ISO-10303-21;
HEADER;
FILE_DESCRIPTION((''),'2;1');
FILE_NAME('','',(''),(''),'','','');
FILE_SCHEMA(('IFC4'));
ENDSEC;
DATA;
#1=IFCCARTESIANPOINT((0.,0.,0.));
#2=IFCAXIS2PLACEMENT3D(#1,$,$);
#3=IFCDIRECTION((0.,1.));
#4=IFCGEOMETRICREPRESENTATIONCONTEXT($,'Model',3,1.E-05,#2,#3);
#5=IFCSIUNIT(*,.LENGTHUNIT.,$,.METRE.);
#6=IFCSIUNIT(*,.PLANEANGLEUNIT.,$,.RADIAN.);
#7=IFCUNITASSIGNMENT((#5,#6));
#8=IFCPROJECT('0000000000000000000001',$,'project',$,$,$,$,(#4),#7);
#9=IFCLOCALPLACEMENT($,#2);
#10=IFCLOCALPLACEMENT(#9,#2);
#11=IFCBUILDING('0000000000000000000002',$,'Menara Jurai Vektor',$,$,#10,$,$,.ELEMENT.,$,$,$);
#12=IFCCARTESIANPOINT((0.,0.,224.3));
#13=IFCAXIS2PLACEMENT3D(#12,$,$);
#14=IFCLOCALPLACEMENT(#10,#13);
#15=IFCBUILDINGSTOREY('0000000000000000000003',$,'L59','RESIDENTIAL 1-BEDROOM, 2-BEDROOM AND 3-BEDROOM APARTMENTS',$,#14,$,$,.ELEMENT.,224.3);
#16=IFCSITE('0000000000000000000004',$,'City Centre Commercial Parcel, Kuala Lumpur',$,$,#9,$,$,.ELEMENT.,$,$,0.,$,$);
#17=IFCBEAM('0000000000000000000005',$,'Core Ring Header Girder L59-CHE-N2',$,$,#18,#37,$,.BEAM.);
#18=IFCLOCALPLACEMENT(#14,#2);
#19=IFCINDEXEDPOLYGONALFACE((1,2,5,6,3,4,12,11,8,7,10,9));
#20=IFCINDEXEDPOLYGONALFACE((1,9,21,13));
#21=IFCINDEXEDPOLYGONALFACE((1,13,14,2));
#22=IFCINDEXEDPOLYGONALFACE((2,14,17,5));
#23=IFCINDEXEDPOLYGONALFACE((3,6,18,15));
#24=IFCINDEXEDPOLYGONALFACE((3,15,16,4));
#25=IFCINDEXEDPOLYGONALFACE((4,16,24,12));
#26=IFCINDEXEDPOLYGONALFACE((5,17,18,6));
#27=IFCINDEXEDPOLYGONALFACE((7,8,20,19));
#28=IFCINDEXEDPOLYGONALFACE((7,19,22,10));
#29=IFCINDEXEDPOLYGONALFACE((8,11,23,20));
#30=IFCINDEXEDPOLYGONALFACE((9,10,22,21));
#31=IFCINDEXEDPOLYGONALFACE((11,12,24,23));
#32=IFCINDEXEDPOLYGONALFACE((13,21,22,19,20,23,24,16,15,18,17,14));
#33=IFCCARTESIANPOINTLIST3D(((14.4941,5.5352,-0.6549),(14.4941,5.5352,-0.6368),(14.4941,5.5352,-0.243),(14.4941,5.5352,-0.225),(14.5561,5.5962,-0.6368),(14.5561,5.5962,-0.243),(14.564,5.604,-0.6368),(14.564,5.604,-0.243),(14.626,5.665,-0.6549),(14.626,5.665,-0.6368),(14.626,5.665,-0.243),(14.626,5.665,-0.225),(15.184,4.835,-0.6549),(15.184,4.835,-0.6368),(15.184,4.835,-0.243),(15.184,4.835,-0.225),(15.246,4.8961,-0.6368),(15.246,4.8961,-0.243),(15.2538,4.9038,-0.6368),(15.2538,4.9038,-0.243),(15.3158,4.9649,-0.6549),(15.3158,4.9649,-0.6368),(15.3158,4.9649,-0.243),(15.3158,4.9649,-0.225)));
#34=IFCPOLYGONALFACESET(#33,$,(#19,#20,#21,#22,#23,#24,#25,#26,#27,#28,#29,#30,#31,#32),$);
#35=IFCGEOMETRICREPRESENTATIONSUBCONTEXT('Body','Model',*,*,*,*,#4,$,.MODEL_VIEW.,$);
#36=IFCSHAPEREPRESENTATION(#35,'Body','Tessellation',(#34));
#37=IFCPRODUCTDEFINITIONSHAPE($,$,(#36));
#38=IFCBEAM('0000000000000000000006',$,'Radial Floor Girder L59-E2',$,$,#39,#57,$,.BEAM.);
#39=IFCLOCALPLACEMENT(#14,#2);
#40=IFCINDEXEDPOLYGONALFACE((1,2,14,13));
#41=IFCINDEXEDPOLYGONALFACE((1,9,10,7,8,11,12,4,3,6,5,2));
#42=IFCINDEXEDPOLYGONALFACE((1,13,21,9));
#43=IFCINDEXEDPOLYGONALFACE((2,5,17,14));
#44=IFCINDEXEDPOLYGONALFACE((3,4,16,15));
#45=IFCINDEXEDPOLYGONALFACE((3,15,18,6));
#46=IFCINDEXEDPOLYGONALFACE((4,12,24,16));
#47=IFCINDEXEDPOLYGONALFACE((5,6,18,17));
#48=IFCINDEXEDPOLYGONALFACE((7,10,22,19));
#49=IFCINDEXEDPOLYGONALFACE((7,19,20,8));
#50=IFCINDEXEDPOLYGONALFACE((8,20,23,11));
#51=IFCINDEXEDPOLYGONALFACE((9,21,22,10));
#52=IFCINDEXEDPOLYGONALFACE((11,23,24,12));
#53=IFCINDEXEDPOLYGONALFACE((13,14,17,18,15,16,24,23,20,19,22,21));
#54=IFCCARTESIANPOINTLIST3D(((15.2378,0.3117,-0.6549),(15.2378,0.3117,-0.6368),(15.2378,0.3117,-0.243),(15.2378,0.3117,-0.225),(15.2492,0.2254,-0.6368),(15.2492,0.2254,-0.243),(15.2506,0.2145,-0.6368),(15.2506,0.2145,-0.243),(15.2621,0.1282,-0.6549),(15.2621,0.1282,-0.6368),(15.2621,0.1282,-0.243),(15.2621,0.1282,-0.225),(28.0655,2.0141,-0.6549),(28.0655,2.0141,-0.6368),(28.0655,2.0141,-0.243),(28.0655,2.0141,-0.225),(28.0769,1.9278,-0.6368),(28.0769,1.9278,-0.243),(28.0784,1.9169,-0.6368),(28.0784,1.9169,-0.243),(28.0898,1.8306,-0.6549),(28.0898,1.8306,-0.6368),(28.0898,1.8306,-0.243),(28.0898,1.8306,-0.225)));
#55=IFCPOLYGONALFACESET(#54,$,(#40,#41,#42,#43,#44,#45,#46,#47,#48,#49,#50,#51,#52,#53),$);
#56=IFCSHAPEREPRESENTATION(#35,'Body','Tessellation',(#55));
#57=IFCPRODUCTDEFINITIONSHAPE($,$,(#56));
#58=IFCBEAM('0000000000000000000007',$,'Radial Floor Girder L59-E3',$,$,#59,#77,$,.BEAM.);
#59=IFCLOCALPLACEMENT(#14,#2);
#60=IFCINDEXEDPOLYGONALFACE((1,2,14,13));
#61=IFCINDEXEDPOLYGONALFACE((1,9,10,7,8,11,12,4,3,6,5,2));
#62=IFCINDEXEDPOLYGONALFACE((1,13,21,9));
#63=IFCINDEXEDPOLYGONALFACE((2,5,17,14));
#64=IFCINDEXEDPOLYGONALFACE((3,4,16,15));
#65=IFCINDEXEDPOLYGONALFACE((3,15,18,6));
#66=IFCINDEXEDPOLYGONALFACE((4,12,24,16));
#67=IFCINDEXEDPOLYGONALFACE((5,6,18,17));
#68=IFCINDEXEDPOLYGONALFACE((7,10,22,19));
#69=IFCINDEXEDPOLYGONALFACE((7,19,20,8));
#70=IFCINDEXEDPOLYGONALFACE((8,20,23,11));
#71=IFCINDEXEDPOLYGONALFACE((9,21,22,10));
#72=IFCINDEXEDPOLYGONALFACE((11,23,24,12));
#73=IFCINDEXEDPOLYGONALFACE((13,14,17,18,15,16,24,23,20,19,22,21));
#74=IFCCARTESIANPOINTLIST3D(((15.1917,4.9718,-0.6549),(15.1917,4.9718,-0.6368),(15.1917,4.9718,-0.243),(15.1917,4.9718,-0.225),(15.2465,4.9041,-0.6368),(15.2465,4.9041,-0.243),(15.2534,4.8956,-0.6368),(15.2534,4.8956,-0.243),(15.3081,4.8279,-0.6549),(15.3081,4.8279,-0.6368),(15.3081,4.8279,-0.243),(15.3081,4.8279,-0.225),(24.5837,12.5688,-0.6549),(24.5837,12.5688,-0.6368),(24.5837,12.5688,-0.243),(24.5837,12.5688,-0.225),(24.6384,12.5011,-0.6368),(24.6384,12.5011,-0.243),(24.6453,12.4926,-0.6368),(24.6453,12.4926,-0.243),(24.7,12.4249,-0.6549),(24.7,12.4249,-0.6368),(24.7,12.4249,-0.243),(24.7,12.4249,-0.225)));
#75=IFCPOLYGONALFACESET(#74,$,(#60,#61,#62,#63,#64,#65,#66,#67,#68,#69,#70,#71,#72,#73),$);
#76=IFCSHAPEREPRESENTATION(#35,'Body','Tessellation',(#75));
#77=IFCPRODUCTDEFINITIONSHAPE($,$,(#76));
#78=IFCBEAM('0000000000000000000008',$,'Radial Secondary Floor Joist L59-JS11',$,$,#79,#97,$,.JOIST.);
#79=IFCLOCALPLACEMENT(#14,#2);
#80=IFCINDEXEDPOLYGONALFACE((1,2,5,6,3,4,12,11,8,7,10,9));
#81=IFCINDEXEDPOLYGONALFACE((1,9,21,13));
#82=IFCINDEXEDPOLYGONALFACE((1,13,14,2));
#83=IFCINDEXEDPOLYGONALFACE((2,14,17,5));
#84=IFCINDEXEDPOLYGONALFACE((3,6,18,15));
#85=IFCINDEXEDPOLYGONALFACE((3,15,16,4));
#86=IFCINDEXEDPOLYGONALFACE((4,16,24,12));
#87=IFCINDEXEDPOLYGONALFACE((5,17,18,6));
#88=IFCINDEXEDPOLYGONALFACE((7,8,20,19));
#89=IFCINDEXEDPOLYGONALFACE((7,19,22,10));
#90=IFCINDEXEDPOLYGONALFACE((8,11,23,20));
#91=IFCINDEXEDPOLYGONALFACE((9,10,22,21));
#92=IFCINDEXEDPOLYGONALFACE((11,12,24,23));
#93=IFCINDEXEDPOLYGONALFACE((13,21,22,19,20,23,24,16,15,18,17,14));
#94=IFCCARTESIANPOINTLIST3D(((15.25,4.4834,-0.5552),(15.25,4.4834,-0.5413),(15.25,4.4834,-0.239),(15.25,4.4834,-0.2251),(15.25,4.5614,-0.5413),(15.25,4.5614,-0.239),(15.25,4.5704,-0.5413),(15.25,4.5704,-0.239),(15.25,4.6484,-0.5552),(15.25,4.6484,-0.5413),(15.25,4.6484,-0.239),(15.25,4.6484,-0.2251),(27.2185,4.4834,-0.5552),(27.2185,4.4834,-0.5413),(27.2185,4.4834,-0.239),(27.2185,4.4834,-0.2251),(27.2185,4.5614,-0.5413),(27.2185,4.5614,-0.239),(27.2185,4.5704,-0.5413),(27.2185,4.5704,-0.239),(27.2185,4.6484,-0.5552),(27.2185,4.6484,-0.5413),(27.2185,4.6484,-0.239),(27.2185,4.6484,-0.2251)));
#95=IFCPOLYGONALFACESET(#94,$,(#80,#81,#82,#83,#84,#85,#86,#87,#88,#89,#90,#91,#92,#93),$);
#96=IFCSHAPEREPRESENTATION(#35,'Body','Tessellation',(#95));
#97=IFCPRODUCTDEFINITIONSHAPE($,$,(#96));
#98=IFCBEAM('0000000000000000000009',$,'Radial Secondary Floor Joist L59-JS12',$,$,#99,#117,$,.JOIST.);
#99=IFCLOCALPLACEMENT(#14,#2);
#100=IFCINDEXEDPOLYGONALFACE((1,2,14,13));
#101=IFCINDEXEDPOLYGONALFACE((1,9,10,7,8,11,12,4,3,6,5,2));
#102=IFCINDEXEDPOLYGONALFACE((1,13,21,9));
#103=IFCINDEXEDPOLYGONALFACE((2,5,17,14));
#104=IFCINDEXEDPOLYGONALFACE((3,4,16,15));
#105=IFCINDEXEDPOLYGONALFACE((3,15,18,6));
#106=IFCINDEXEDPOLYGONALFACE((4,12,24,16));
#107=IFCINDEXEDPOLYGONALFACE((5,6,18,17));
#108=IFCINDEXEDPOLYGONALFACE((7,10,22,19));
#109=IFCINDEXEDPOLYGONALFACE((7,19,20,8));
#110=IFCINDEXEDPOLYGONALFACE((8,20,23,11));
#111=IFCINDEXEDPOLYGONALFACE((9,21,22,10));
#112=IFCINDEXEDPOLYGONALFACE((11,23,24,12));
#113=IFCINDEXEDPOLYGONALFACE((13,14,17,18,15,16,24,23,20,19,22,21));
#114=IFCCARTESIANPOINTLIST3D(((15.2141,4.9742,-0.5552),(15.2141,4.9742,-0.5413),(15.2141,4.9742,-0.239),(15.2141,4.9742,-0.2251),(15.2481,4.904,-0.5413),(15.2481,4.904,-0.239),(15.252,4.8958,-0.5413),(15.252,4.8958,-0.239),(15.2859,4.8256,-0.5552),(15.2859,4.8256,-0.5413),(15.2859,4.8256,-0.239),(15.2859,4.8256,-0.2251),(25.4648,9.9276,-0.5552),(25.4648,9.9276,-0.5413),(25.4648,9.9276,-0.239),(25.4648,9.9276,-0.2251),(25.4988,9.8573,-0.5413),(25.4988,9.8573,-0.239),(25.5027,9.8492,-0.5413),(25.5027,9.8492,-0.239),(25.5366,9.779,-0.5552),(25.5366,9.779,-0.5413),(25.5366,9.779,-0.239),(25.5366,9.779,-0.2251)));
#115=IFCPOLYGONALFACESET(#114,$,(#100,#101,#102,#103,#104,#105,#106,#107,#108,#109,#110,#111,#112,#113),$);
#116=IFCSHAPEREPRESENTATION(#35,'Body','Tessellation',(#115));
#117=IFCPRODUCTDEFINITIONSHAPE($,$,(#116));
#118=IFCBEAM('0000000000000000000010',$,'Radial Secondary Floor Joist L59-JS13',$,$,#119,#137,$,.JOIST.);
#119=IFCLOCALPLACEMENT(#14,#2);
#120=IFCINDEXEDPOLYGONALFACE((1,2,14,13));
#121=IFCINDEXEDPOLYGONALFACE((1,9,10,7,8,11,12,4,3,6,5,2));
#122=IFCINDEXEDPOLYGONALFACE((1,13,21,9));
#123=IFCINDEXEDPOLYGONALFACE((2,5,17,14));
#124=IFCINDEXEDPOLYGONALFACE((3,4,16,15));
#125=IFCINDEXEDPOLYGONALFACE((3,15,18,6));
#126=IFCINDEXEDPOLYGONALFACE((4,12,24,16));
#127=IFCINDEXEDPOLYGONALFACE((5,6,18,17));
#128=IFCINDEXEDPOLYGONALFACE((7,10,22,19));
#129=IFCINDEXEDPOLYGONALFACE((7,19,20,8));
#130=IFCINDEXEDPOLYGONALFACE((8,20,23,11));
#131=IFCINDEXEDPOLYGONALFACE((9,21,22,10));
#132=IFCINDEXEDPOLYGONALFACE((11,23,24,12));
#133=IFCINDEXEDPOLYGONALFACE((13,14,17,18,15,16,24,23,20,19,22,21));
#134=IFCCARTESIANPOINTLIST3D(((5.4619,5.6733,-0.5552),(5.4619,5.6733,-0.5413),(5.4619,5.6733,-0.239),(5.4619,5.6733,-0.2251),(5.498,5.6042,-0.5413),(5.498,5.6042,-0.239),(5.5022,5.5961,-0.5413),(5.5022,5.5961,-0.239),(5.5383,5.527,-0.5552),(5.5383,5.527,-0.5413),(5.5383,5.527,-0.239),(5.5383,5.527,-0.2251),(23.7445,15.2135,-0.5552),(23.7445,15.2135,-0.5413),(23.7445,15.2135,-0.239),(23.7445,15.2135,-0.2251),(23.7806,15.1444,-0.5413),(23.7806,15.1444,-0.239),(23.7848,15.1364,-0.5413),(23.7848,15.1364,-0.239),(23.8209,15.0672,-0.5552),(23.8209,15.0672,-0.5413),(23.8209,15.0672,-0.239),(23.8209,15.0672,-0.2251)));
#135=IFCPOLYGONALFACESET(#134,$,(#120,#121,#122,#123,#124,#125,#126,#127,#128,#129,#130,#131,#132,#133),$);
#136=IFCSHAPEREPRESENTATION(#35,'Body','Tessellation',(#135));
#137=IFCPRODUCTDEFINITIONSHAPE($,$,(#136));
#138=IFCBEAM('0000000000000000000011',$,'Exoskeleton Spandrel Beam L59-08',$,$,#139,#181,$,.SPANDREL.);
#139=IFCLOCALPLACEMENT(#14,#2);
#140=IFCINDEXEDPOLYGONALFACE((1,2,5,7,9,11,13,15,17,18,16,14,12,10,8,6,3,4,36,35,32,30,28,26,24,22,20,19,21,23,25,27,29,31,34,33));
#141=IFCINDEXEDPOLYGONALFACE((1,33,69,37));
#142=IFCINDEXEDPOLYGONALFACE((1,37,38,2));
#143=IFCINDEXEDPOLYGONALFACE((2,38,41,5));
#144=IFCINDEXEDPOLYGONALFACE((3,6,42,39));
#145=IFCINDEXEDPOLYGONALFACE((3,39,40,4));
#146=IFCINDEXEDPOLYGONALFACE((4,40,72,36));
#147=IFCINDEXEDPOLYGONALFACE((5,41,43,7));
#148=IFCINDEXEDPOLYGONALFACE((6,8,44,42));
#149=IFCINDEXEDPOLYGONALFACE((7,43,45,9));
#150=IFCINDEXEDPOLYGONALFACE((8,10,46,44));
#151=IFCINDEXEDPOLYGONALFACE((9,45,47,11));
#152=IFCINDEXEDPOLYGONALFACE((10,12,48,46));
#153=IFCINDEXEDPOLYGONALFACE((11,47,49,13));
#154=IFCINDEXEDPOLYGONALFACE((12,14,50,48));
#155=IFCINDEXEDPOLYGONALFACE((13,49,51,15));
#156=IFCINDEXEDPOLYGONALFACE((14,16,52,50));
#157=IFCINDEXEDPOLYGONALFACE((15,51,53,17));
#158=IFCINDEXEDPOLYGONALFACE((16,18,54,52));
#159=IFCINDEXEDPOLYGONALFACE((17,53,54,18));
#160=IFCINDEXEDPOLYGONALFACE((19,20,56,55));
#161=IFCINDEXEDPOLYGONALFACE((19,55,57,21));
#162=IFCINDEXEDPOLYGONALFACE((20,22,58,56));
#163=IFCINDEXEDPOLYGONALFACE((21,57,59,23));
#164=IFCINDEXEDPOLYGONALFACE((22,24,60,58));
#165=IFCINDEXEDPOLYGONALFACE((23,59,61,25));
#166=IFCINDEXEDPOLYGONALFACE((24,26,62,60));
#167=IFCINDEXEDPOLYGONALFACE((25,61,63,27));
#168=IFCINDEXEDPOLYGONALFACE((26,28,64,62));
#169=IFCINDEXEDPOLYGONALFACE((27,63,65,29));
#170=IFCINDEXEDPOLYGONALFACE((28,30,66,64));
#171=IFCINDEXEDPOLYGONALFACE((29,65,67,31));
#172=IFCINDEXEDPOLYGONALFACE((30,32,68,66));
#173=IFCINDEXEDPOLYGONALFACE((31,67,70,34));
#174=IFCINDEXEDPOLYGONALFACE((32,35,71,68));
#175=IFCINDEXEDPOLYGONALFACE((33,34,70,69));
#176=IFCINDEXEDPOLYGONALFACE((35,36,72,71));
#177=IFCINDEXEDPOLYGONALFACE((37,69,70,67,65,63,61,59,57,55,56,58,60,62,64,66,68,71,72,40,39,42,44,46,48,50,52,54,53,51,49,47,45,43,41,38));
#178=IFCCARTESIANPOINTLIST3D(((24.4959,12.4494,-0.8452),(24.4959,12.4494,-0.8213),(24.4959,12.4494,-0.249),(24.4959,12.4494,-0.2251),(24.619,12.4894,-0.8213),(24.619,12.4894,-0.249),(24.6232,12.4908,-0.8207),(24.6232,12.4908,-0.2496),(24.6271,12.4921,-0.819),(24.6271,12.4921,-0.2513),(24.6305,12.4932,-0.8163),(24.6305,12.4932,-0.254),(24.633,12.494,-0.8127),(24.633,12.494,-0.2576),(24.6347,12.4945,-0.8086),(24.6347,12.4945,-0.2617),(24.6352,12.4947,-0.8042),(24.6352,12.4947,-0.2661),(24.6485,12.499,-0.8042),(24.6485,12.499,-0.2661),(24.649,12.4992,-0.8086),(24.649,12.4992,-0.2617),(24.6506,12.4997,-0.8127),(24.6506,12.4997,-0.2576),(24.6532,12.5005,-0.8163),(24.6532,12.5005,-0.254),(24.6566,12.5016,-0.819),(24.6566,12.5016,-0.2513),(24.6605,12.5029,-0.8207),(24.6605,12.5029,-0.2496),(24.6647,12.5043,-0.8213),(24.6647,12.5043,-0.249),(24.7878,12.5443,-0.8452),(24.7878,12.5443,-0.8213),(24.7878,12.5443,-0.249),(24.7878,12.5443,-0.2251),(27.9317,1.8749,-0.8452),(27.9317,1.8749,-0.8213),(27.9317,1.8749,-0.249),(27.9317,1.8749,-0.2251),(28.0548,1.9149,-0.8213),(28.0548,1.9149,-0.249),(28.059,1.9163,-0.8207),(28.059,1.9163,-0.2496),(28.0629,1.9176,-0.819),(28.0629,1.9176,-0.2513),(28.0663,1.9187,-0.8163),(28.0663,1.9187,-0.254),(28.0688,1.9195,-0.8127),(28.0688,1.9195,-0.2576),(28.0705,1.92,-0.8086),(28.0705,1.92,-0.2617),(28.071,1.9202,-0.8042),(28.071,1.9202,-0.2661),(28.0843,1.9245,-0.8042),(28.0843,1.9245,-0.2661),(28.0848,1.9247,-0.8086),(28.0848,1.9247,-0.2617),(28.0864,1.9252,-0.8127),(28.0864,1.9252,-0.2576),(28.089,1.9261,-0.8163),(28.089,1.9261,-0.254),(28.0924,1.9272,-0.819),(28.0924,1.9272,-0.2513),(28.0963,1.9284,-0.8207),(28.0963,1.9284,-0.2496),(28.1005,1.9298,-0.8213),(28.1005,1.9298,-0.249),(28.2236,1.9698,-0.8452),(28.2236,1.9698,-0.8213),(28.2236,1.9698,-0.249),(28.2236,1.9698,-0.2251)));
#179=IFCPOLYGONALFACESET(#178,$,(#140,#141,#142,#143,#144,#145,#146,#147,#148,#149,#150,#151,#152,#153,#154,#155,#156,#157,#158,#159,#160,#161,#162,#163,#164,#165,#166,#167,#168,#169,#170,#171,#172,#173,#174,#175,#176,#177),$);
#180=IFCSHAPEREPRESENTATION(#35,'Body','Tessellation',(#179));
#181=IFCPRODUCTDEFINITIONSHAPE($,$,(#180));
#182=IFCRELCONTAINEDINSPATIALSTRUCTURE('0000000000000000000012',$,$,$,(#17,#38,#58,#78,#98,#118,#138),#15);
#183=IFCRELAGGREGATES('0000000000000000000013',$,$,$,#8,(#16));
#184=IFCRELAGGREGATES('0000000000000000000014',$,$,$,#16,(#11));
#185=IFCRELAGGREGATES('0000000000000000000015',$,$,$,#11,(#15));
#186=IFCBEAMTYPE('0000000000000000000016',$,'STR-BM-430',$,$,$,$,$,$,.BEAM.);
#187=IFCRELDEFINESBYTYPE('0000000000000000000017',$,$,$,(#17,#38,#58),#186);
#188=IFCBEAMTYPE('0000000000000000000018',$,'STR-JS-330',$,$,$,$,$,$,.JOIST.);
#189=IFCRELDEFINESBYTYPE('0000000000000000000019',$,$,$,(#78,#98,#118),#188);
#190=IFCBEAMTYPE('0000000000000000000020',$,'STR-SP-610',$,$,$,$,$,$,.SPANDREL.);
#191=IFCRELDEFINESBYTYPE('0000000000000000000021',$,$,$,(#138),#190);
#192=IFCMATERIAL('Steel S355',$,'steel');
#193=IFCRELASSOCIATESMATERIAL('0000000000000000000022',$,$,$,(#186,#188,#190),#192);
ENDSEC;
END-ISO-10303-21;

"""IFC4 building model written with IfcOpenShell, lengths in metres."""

from ifc_helpers import new_model, si_unit, direction, frame, origin, origin_2d, place, context, subcontext, project, spatial, i_section, extrude, material, material_profile, profile_set, type_object, element, save


model = new_model("IFC4")

# Units and contexts
model_context = context("Model", 3, precision=1e-05, world=origin(), true_north=direction((0.0, 1.0)))
body_context = subcontext(model_context, "Body", "Model", "MODEL_VIEW")
ifc_project = project(units=[si_unit("LENGTHUNIT", "METRE"), si_unit("PLANEANGLEUNIT", "RADIAN")], contexts=[model_context])

# Site, building, storey
site_placement = place(None, origin())
site = spatial("IfcSite", under=ifc_project, at=site_placement, Name="City Centre Commercial Parcel, Kuala Lumpur", CompositionType="ELEMENT", RefElevation=0.0)
building_placement = place(site_placement, origin())
building = spatial("IfcBuilding", under=site, at=building_placement, Name="Menara Jurai Vektor", CompositionType="ELEMENT")
storey_placement = place(building_placement, frame((0.0, 0.0, 224.3)))
storey = spatial("IfcBuildingStorey", under=building, at=storey_placement, Name="L59", Description="RESIDENTIAL 1-BEDROOM, 2-BEDROOM AND 3-BEDROOM APARTMENTS", CompositionType="ELEMENT", Elevation=224.3)

# Beams
ifc_material_1 = material(Name="Steel S355", Category="steel")
ifc_material_profile_1 = material_profile(ifc_material_1, i_section(OverallWidth=0.1851, OverallDepth=0.4299, WebThickness=0.011, FlangeThickness=0.0181, at=origin_2d()), Name="PG 430x185x76")
ifc_profile_set_1 = profile_set([ifc_material_profile_1], Name="Steel S355")
beam_type_1 = type_object("IfcBeamType", Name="STR-BM-430", PredefinedType="BEAM", material=ifc_profile_set_1)
beam_1_placement = place(storey_placement, frame((14.5601, 5.6001, -0.4399), z_axis=(0.701872, -0.712303, 0.0), x_axis=(0.712303, 0.701872, 0.0)))
element("IfcBeam", 1, at=beam_1_placement, inside=storey, type_object=beam_type_1, Name="Core Ring Header Girder L59-CHE-N2", PredefinedType="BEAM", context=body_context, shape_type="SweptSolid", body=[
    extrude(i_section(OverallWidth=0.1851, OverallDepth=0.4299, WebThickness=0.011, FlangeThickness=0.0181, at=origin_2d()), origin(), (0.0, 0.0, 1.0), 0.9829),
])
beam_2_placement = place(storey_placement, frame((28.0776, 1.9224, -0.4399), z_axis=(-0.991308, -0.131559, 0.0), x_axis=(0.131559, -0.991308, 0.0)))
element("IfcBeam", 2, at=beam_2_placement, inside=storey, type_object=beam_type_1, Name="Radial Floor Girder L59-E2", PredefinedType="BEAM", context=body_context, shape_type="SweptSolid", body=[
    extrude(i_section(OverallWidth=0.1851, OverallDepth=0.4299, WebThickness=0.011, FlangeThickness=0.0181, at=origin_2d()), origin(), (0.0, 0.0, 1.0), 12.9402),
])
beam_3_placement = place(storey_placement, frame((24.6418, 12.4968, -0.4399), z_axis=(-0.777488, -0.628898, 0.0), x_axis=(0.628898, -0.777488, 0.0)))
element("IfcBeam", 3, at=beam_3_placement, inside=storey, type_object=beam_type_1, Name="Radial Floor Girder L59-E3", PredefinedType="BEAM", context=body_context, shape_type="SweptSolid", body=[
    extrude(i_section(OverallWidth=0.1851, OverallDepth=0.4299, WebThickness=0.011, FlangeThickness=0.0181, at=origin_2d()), origin(), (0.0, 0.0, 1.0), 12.0798),
])
ifc_material_profile_2 = material_profile(ifc_material_1, i_section(OverallWidth=0.165, OverallDepth=0.3301, WebThickness=0.009, FlangeThickness=0.0139, at=origin_2d()), Name="PG 330x165x46")
ifc_profile_set_2 = profile_set([ifc_material_profile_2], Name="Steel S355")
beam_type_2 = type_object("IfcBeamType", Name="STR-JS-330", PredefinedType="JOIST", material=ifc_profile_set_2)
beam_4_placement = place(storey_placement, frame((27.2185, 4.5659, -0.3901), z_axis=(-1.0, 0.0, 0.0), x_axis=(0.0, -1.0, 0.0)))
element("IfcBeam", 4, at=beam_4_placement, inside=storey, type_object=beam_type_2, Name="Radial Secondary Floor Joist L59-JS11", PredefinedType="JOIST", context=body_context, shape_type="SweptSolid", body=[
    extrude(i_section(OverallWidth=0.165, OverallDepth=0.3301, WebThickness=0.009, FlangeThickness=0.0139, at=origin_2d()), origin(), (0.0, 0.0, 1.0), 11.9685),
])
beam_5_placement = place(storey_placement, frame((25.5007, 9.8533, -0.3901), z_axis=(-0.900389, -0.435087, 0.0), x_axis=(0.435087, -0.900389, 0.0)))
element("IfcBeam", 5, at=beam_5_placement, inside=storey, type_object=beam_type_2, Name="Radial Secondary Floor Joist L59-JS12", PredefinedType="JOIST", context=body_context, shape_type="SweptSolid", body=[
    extrude(i_section(OverallWidth=0.165, OverallDepth=0.3301, WebThickness=0.009, FlangeThickness=0.0139, at=origin_2d()), origin(), (0.0, 0.0, 1.0), 11.3848),
])
beam_6_placement = place(storey_placement, frame((23.7827, 15.1404, -0.3901), z_axis=(-0.886556, -0.462622, 0.0), x_axis=(0.462622, -0.886556, 0.0)))
element("IfcBeam", 6, at=beam_6_placement, inside=storey, type_object=beam_type_2, Name="Radial Secondary Floor Joist L59-JS13", PredefinedType="JOIST", context=body_context, shape_type="SweptSolid", body=[
    extrude(i_section(OverallWidth=0.165, OverallDepth=0.3301, WebThickness=0.009, FlangeThickness=0.0139, at=origin_2d()), origin(), (0.0, 0.0, 1.0), 20.6221),
])
ifc_material_profile_3 = material_profile(ifc_material_1, i_section(OverallWidth=0.3069, OverallDepth=0.6201, WebThickness=0.0139, FlangeThickness=0.0239, FilletRadius=0.0171, at=origin_2d()), Name="UKB 610x305x179")
ifc_profile_set_3 = profile_set([ifc_material_profile_3], Name="Steel S355")
beam_type_3 = type_object("IfcBeamType", Name="STR-SP-610", PredefinedType="SPANDREL", material=ifc_profile_set_3)
beam_7_placement = place(storey_placement, frame((28.0776, 1.9224, -0.5352), z_axis=(-0.309012, 0.951058, 0.0), x_axis=(-0.951058, -0.309012, 0.0)))
element("IfcBeam", 7, at=beam_7_placement, inside=storey, type_object=beam_type_3, Name="Exoskeleton Spandrel Beam L59-08", PredefinedType="SPANDREL", context=body_context, shape_type="SweptSolid", body=[
    extrude(i_section(OverallWidth=0.3069, OverallDepth=0.6201, WebThickness=0.0139, FlangeThickness=0.0239, FilletRadius=0.0171, at=origin_2d()), origin(), (0.0, 0.0, 1.0), 11.1187),
])

save(model, "model.ifc")
